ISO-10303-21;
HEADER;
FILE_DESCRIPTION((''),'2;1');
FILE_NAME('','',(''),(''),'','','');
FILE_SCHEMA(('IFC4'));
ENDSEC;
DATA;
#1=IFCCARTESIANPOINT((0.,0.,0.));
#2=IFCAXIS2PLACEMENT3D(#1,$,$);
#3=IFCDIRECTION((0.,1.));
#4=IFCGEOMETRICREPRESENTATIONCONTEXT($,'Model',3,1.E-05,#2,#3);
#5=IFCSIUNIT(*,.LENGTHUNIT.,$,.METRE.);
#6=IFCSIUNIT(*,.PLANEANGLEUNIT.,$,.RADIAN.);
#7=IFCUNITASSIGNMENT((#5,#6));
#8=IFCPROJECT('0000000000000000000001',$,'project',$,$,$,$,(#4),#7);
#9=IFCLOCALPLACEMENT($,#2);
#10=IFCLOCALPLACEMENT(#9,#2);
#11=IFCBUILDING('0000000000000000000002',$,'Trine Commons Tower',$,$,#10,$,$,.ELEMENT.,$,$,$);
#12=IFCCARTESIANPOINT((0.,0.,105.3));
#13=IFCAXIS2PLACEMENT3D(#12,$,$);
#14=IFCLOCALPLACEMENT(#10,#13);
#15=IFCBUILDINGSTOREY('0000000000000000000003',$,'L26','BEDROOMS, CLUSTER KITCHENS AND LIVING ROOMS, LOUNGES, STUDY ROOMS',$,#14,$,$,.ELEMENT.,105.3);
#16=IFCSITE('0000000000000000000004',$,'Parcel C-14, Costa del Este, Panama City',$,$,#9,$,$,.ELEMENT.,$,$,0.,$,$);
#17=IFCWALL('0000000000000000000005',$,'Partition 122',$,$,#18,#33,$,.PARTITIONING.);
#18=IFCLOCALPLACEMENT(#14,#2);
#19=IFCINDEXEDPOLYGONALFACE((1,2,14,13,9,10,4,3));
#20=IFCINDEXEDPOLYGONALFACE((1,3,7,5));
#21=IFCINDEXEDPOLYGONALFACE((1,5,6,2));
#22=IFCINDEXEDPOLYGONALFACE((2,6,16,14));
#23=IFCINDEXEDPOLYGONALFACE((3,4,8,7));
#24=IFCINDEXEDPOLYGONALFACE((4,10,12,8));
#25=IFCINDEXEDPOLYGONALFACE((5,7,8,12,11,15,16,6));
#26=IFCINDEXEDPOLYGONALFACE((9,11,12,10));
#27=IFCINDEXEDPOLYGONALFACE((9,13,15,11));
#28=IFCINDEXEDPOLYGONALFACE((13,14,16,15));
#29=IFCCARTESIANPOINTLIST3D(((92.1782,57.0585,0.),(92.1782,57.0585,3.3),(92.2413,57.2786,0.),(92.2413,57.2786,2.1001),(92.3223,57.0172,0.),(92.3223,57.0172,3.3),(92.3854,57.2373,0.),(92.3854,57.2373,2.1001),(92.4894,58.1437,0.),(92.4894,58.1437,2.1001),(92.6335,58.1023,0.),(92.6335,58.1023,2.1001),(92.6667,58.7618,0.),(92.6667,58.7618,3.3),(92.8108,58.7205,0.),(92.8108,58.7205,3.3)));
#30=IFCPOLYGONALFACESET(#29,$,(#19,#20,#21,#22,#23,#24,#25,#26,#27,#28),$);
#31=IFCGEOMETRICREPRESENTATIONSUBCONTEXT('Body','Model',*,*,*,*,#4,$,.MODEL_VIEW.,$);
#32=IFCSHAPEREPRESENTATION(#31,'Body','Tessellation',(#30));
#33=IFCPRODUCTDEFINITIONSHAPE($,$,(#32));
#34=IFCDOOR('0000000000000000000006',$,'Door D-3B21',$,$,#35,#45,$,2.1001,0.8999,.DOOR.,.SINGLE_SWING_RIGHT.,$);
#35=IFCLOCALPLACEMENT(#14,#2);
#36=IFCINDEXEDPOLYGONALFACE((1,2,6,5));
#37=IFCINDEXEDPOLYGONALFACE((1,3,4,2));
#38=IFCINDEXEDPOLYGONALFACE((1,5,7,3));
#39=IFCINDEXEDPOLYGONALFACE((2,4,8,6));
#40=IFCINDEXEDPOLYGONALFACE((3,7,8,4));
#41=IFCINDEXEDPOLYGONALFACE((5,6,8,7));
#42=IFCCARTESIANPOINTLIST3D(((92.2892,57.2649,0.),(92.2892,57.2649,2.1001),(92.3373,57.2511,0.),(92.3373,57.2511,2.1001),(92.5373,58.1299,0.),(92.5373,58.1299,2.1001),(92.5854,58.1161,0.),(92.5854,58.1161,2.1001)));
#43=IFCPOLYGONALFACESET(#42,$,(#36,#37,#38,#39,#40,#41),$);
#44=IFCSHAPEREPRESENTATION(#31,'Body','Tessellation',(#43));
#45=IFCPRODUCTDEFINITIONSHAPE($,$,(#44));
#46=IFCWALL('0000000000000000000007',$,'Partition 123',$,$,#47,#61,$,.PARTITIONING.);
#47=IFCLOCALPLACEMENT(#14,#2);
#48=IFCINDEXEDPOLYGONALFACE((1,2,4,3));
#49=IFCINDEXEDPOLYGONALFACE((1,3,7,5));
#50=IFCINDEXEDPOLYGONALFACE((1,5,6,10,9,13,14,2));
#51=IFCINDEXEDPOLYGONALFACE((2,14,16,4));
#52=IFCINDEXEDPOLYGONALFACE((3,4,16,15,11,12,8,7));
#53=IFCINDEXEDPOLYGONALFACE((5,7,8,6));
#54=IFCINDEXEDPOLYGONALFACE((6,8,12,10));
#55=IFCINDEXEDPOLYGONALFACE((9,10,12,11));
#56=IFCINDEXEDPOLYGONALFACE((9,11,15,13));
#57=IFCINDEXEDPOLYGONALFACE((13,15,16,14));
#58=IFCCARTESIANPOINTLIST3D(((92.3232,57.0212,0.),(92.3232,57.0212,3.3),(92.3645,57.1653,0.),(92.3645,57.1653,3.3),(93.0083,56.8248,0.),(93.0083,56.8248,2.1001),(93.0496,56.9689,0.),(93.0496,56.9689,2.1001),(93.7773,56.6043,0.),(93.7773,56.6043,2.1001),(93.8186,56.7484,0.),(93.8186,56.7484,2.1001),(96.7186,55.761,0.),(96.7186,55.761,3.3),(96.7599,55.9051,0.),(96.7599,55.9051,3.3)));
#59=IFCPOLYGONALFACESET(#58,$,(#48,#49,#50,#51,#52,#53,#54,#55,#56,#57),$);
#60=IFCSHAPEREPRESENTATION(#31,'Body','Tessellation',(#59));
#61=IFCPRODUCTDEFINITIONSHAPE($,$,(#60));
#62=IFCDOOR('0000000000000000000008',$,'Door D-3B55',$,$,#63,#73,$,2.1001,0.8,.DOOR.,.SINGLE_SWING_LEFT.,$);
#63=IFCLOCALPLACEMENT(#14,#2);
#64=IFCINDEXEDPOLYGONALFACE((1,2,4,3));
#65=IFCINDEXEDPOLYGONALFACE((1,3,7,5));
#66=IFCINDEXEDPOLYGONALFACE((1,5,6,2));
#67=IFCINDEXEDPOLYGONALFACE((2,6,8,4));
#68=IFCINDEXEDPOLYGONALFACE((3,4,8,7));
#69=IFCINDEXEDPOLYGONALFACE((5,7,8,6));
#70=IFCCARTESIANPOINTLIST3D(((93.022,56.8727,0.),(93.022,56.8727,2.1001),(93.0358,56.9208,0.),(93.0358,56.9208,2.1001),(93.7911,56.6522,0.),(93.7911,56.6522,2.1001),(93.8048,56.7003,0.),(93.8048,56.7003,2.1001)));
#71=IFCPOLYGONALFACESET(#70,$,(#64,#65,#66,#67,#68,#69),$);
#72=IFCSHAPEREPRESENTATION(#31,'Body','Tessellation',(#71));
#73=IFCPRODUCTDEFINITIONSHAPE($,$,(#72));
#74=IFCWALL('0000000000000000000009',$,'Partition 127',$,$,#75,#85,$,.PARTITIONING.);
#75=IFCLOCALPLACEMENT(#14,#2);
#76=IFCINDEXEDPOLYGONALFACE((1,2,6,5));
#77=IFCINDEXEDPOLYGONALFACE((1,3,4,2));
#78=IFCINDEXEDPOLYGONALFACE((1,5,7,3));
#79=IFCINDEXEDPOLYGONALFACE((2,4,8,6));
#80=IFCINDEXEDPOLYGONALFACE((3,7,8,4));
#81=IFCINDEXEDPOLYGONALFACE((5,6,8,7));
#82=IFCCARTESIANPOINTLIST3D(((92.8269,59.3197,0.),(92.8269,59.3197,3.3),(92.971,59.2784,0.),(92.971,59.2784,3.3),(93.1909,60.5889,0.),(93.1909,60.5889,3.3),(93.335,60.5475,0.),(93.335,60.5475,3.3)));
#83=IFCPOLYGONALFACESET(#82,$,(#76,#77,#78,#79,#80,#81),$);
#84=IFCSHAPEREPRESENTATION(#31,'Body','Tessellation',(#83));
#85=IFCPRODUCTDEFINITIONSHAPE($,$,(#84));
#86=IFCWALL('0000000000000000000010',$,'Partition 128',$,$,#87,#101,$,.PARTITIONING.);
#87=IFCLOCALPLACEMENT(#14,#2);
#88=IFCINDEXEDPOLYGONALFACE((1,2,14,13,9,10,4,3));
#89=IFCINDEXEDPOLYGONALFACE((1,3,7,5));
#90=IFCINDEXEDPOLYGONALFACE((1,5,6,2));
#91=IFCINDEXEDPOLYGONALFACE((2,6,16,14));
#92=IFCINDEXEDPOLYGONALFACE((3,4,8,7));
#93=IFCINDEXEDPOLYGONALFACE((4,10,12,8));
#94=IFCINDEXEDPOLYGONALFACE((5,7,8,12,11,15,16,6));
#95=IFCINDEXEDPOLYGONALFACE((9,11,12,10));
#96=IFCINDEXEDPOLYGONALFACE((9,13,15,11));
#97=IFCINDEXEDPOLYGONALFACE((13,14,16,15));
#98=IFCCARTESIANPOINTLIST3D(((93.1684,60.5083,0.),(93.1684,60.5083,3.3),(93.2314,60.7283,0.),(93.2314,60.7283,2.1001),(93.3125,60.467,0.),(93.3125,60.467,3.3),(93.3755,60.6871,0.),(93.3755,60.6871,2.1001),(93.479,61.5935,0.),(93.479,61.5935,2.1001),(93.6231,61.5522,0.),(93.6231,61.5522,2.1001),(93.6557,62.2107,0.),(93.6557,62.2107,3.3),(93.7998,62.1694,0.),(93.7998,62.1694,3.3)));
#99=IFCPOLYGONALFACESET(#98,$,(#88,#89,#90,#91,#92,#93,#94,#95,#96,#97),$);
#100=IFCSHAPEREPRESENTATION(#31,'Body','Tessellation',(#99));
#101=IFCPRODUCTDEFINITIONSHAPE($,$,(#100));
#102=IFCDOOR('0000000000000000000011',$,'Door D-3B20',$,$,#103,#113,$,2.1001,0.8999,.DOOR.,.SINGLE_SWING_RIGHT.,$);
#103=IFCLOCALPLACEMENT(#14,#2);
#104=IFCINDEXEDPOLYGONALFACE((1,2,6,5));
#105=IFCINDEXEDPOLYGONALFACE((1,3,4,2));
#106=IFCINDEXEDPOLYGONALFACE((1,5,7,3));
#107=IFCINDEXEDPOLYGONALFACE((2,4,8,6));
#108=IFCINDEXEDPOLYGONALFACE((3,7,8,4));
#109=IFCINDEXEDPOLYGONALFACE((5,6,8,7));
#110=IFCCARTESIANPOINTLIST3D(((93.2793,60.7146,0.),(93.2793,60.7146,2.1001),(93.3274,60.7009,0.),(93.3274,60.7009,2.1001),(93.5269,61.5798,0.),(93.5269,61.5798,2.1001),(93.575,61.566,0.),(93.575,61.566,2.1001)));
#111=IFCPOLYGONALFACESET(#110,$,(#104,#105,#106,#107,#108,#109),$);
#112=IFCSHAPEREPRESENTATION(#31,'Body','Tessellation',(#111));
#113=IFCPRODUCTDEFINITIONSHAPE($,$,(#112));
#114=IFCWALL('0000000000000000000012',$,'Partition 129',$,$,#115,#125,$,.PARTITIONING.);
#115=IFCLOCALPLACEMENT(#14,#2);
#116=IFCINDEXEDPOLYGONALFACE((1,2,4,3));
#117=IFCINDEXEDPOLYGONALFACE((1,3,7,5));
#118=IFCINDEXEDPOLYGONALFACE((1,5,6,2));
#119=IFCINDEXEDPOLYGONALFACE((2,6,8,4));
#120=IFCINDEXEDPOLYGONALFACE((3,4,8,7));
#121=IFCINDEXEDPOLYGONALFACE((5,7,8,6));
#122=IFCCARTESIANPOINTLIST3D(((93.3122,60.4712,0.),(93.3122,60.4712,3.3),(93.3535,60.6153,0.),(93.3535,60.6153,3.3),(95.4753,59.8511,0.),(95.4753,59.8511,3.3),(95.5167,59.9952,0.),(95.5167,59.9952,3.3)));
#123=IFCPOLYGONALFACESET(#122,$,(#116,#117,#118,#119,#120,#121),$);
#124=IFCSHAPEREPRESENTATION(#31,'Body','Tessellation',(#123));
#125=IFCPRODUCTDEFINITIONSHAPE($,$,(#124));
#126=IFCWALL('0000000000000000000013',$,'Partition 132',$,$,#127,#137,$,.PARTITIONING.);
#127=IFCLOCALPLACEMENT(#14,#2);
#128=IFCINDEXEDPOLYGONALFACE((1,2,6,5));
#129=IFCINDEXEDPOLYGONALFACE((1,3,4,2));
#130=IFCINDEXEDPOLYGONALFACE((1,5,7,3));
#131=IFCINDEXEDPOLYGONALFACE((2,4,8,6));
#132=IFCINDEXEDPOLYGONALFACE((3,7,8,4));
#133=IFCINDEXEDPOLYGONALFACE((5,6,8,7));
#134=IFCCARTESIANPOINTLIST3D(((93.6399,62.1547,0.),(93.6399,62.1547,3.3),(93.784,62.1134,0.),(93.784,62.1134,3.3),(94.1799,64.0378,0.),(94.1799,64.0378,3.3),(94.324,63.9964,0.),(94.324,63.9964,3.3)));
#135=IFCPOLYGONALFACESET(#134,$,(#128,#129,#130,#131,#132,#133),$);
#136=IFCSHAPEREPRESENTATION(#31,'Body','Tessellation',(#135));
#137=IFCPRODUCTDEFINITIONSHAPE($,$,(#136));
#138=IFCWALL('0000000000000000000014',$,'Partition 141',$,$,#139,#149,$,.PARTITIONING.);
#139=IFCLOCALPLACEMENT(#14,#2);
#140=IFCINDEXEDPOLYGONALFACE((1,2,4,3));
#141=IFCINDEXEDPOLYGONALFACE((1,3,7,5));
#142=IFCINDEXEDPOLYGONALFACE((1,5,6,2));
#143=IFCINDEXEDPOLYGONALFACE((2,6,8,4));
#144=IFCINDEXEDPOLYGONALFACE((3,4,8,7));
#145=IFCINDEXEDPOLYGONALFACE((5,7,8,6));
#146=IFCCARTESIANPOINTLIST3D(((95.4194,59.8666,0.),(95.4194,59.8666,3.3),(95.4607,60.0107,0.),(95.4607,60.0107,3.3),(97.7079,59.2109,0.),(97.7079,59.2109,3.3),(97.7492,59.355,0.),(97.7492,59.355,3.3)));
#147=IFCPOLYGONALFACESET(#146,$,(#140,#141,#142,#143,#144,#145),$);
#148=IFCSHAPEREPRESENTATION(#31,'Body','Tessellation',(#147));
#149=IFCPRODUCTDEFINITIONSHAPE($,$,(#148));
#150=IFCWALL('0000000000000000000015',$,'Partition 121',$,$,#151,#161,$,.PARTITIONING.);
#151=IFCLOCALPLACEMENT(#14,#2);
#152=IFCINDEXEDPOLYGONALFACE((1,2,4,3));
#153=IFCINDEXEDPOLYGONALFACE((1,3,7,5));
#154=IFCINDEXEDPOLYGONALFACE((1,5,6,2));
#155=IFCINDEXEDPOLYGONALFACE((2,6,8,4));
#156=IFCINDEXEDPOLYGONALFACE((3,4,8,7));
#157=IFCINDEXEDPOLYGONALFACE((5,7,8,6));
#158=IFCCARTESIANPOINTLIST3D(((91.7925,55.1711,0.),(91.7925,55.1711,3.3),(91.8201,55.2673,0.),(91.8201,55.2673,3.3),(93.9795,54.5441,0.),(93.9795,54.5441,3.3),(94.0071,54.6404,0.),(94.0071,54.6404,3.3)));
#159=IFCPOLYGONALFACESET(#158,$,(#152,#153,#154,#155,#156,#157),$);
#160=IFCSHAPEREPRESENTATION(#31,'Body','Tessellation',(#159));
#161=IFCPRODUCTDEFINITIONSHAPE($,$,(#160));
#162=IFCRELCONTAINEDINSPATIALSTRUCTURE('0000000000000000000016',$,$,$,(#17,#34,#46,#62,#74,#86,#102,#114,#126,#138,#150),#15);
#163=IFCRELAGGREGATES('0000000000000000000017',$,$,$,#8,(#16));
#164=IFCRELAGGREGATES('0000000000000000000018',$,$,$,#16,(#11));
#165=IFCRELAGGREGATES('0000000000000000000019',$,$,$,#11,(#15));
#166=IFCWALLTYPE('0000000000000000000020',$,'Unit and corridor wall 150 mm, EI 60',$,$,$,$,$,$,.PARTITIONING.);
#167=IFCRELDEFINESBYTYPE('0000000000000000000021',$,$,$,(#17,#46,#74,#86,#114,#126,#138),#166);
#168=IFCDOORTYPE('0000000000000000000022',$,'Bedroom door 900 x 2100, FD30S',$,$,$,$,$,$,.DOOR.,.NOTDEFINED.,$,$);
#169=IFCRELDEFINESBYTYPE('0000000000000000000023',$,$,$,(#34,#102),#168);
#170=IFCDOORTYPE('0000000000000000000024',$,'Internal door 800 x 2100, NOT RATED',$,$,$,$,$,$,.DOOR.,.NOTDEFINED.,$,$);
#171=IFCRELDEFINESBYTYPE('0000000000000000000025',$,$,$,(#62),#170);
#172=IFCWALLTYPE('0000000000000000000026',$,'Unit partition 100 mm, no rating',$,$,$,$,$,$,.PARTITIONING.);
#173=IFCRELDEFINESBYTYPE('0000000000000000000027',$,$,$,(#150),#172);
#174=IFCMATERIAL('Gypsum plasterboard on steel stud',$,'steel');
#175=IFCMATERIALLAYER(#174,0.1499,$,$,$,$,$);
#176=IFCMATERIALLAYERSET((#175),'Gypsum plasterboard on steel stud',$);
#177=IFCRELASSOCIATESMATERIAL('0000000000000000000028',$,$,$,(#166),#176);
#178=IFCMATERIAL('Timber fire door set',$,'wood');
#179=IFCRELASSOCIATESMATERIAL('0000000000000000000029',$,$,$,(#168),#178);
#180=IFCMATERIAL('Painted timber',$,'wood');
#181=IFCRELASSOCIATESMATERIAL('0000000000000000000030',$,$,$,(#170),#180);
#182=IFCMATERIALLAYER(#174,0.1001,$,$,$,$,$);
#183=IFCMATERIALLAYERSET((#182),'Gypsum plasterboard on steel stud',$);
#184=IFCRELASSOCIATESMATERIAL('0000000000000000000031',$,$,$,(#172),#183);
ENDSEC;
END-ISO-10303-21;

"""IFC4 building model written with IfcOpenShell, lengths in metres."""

from ifc_helpers import new_model, si_unit, direction, frame, frame_2d, origin, place, context, subcontext, project, spatial, rectangle, extrude, material, layer, layer_set, type_object, element, fill, save


model = new_model("IFC4")

# Units and contexts
model_context = context("Model", 3, precision=1e-05, world=origin(), true_north=direction((0.0, 1.0)))
body_context = subcontext(model_context, "Body", "Model", "MODEL_VIEW")
ifc_project = project(units=[si_unit("LENGTHUNIT", "METRE"), si_unit("PLANEANGLEUNIT", "RADIAN")], contexts=[model_context])

# Site, building, storey
site_placement = place(None, origin())
site = spatial("IfcSite", under=ifc_project, at=site_placement, Name="Parcel C-14, Costa del Este, Panama City", CompositionType="ELEMENT", RefElevation=0.0)
building_placement = place(site_placement, origin())
building = spatial("IfcBuilding", under=site, at=building_placement, Name="Trine Commons Tower", CompositionType="ELEMENT")
storey_placement = place(building_placement, frame((0.0, 0.0, 105.3)))
storey = spatial("IfcBuildingStorey", under=building, at=storey_placement, Name="L26", Description="BEDROOMS, CLUSTER KITCHENS AND LIVING ROOMS, LOUNGES, STUDY ROOMS", CompositionType="ELEMENT", Elevation=105.3)

# Shared definitions
ifc_material_1 = material(Name="Gypsum plasterboard on steel stud", Category="steel")
ifc_layer_1 = layer(ifc_material_1, 0.1499)
ifc_layer_set_1 = layer_set([ifc_layer_1], Name="Gypsum plasterboard on steel stud")
wall_type_1 = type_object("IfcWallType", Name="Unit and corridor wall 150 mm, EI 60", PredefinedType="PARTITIONING", material=ifc_layer_set_1)

# Walls, openings, doors
wall_1_placement = place(storey_placement, frame((92.2502, 57.0378, 0.0), z_axis=(0.0, 0.0, 1.0), x_axis=(0.275685, 0.961248, 0.0)))
wall_1 = element("IfcWall", 1, at=wall_1_placement, inside=storey, type_object=wall_type_1, Name="Partition 122", PredefinedType="PARTITIONING", context=body_context, shape_type="SweptSolid", body=[
    extrude(rectangle(XDim=1.772, YDim=0.1499, at=frame_2d((0.886, 0.0))), origin(), (0.0, 0.0, 1.0), 3.3),
])
opening_1_placement = place(wall_1_placement, frame((0.229, 0.0, 0.0)))
opening_1 = element("IfcOpeningElement", 2, at=opening_1_placement, cuts=wall_1, PredefinedType="OPENING", context=body_context, shape_type="SweptSolid", body=[
    extrude(rectangle(XDim=0.8999, YDim=2.1001, at=frame_2d((0.45, 1.05))), frame((0.0, 0.085, 0.0), z_axis=(0.0, -1.0, 0.0), x_axis=(1.0, 0.0, 0.0)), (0.0, 0.0, 1.0), 0.1699),
])
ifc_material_2 = material(Name="Timber fire door set", Category="wood")
door_type_1 = type_object("IfcDoorType", Name="Bedroom door 900 x 2100, FD30S", OperationType="NOTDEFINED", PredefinedType="DOOR", material=ifc_material_2)
door_1_placement = place(opening_1_placement, frame((0.8999, 0.0, 0.0), z_axis=(0.0, 0.0, 1.0), x_axis=(-1.0, 0.0, 0.0)))
door_1 = element("IfcDoor", 3, at=door_1_placement, inside=storey, type_object=door_type_1, Name="Door D-3B21", OperationType="SINGLE_SWING_RIGHT", OverallHeight=2.1001, OverallWidth=0.8999, PredefinedType="DOOR", context=body_context, shape_type="SweptSolid", body=[
    extrude(rectangle(XDim=0.8999, YDim=2.1001, at=frame_2d((0.45, 1.05))), frame((0.0, 0.0249, 0.0), z_axis=(0.0, -1.0, 0.0), x_axis=(1.0, 0.0, 0.0)), (0.0, 0.0, 1.0), 0.05),
])
fill(opening_1, door_1)
wall_2_placement = place(storey_placement, frame((92.344, 57.0933, 0.0), z_axis=(0.0, 0.0, 1.0), x_axis=(0.96127, -0.27561, 0.0)))
wall_2 = element("IfcWall", 4, at=wall_2_placement, inside=storey, type_object=wall_type_1, Name="Partition 123", PredefinedType="PARTITIONING", context=body_context, shape_type="SweptSolid", body=[
    extrude(rectangle(XDim=4.5725, YDim=0.1499, at=frame_2d((2.2861, 0.0))), origin(), (0.0, 0.0, 1.0), 3.3),
])
opening_2_placement = place(wall_2_placement, frame((0.7126, 0.0, 0.0)))
opening_2 = element("IfcOpeningElement", 5, at=opening_2_placement, cuts=wall_2, PredefinedType="OPENING", context=body_context, shape_type="SweptSolid", body=[
    extrude(rectangle(XDim=0.8, YDim=2.1001, at=frame_2d((0.3999, 1.05))), frame((0.0, 0.085, 0.0), z_axis=(0.0, -1.0, 0.0), x_axis=(1.0, 0.0, 0.0)), (0.0, 0.0, 1.0), 0.1699),
])
ifc_material_3 = material(Name="Painted timber", Category="wood")
door_type_2 = type_object("IfcDoorType", Name="Internal door 800 x 2100, NOT RATED", OperationType="NOTDEFINED", PredefinedType="DOOR", material=ifc_material_3)
door_2_placement = place(opening_2_placement, origin())
door_2 = element("IfcDoor", 6, at=door_2_placement, inside=storey, type_object=door_type_2, Name="Door D-3B55", OperationType="SINGLE_SWING_LEFT", OverallHeight=2.1001, OverallWidth=0.8, PredefinedType="DOOR", context=body_context, shape_type="SweptSolid", body=[
    extrude(rectangle(XDim=0.8, YDim=2.1001, at=frame_2d((0.3999, 1.05))), frame((0.0, 0.0249, 0.0), z_axis=(0.0, -1.0, 0.0), x_axis=(1.0, 0.0, 0.0)), (0.0, 0.0, 1.0), 0.05),
])
fill(opening_2, door_2)

# Wall
wall_3_placement = place(storey_placement, frame((92.8989, 59.2991, 0.0), z_axis=(0.0, 0.0, 1.0), x_axis=(0.275722, 0.961237, 0.0)))
element("IfcWall", 7, at=wall_3_placement, inside=storey, type_object=wall_type_1, Name="Partition 127", PredefinedType="PARTITIONING", context=body_context, shape_type="SweptSolid", body=[
    extrude(rectangle(XDim=1.3203, YDim=0.1499, at=frame_2d((0.6602, 0.0))), origin(), (0.0, 0.0, 1.0), 3.3),
])

# Wall, opening, door
wall_4_placement = place(storey_placement, frame((93.2405, 60.4878, 0.0), z_axis=(0.0, 0.0, 1.0), x_axis=(0.275195, 0.961389, 0.0)))
wall_4 = element("IfcWall", 8, at=wall_4_placement, inside=storey, type_object=wall_type_1, Name="Partition 128", PredefinedType="PARTITIONING", context=body_context, shape_type="SweptSolid", body=[
    extrude(rectangle(XDim=1.7708, YDim=0.1499, at=frame_2d((0.8853, 0.0))), origin(), (0.0, 0.0, 1.0), 3.3),
])
opening_3_placement = place(wall_4_placement, frame((0.2288, 0.0, 0.0)))
opening_3 = element("IfcOpeningElement", 9, at=opening_3_placement, cuts=wall_4, PredefinedType="OPENING", context=body_context, shape_type="SweptSolid", body=[
    extrude(rectangle(XDim=0.8999, YDim=2.1001, at=frame_2d((0.45, 1.05))), frame((0.0, 0.085, 0.0), z_axis=(0.0, -1.0, 0.0), x_axis=(1.0, 0.0, 0.0)), (0.0, 0.0, 1.0), 0.1699),
])
door_3_placement = place(opening_3_placement, frame((0.8999, 0.0, 0.0), z_axis=(0.0, 0.0, 1.0), x_axis=(-1.0, 0.0, 0.0)))
door_3 = element("IfcDoor", 10, at=door_3_placement, inside=storey, type_object=door_type_1, Name="Door D-3B20", OperationType="SINGLE_SWING_RIGHT", OverallHeight=2.1001, OverallWidth=0.8999, PredefinedType="DOOR", context=body_context, shape_type="SweptSolid", body=[
    extrude(rectangle(XDim=0.8999, YDim=2.1001, at=frame_2d((0.45, 1.05))), frame((0.0, 0.0249, 0.0), z_axis=(0.0, -1.0, 0.0), x_axis=(1.0, 0.0, 0.0)), (0.0, 0.0, 1.0), 0.05),
])
fill(opening_3, door_3)

# Walls
wall_5_placement = place(storey_placement, frame((93.333, 60.5432, 0.0), z_axis=(0.0, 0.0, 1.0), x_axis=(0.961278, -0.275581, 0.0)))
element("IfcWall", 11, at=wall_5_placement, inside=storey, type_object=wall_type_1, Name="Partition 129", PredefinedType="PARTITIONING", context=body_context, shape_type="SweptSolid", body=[
    extrude(rectangle(XDim=2.2502, YDim=0.1499, at=frame_2d((1.125, 0.0))), origin(), (0.0, 0.0, 1.0), 3.3),
])
wall_6_placement = place(storey_placement, frame((93.7119, 62.134, 0.0), z_axis=(0.0, 0.0, 1.0), x_axis=(0.275676, 0.961251, 0.0)))
element("IfcWall", 12, at=wall_6_placement, inside=storey, type_object=wall_type_1, Name="Partition 132", PredefinedType="PARTITIONING", context=body_context, shape_type="SweptSolid", body=[
    extrude(rectangle(XDim=1.959, YDim=0.1499, at=frame_2d((0.9795, 0.0))), origin(), (0.0, 0.0, 1.0), 3.3),
])
wall_7_placement = place(storey_placement, frame((95.4399, 59.9387, 0.0), z_axis=(0.0, 0.0, 1.0), x_axis=(0.961315, -0.275452, 0.0)))
element("IfcWall", 13, at=wall_7_placement, inside=storey, type_object=wall_type_1, Name="Partition 141", PredefinedType="PARTITIONING", context=body_context, shape_type="SweptSolid", body=[
    extrude(rectangle(XDim=2.3806, YDim=0.1499, at=frame_2d((1.1904, 0.0))), origin(), (0.0, 0.0, 1.0), 3.3),
])
ifc_layer_2 = layer(ifc_material_1, 0.1001)
ifc_layer_set_2 = layer_set([ifc_layer_2], Name="Gypsum plasterboard on steel stud")
wall_type_2 = type_object("IfcWallType", Name="Unit partition 100 mm, no rating", PredefinedType="PARTITIONING", material=ifc_layer_set_2)
wall_8_placement = place(storey_placement, frame((91.8062, 55.2192, 0.0), z_axis=(0.0, 0.0, 1.0), x_axis=(0.961281, -0.275571, 0.0)))
element("IfcWall", 14, at=wall_8_placement, inside=storey, type_object=wall_type_2, Name="Partition 121", PredefinedType="PARTITIONING", context=body_context, shape_type="SweptSolid", body=[
    extrude(rectangle(XDim=2.2751, YDim=0.1001, at=frame_2d((1.1377, 0.0))), origin(), (0.0, 0.0, 1.0), 3.3),
])

save(model, "model.ifc")
